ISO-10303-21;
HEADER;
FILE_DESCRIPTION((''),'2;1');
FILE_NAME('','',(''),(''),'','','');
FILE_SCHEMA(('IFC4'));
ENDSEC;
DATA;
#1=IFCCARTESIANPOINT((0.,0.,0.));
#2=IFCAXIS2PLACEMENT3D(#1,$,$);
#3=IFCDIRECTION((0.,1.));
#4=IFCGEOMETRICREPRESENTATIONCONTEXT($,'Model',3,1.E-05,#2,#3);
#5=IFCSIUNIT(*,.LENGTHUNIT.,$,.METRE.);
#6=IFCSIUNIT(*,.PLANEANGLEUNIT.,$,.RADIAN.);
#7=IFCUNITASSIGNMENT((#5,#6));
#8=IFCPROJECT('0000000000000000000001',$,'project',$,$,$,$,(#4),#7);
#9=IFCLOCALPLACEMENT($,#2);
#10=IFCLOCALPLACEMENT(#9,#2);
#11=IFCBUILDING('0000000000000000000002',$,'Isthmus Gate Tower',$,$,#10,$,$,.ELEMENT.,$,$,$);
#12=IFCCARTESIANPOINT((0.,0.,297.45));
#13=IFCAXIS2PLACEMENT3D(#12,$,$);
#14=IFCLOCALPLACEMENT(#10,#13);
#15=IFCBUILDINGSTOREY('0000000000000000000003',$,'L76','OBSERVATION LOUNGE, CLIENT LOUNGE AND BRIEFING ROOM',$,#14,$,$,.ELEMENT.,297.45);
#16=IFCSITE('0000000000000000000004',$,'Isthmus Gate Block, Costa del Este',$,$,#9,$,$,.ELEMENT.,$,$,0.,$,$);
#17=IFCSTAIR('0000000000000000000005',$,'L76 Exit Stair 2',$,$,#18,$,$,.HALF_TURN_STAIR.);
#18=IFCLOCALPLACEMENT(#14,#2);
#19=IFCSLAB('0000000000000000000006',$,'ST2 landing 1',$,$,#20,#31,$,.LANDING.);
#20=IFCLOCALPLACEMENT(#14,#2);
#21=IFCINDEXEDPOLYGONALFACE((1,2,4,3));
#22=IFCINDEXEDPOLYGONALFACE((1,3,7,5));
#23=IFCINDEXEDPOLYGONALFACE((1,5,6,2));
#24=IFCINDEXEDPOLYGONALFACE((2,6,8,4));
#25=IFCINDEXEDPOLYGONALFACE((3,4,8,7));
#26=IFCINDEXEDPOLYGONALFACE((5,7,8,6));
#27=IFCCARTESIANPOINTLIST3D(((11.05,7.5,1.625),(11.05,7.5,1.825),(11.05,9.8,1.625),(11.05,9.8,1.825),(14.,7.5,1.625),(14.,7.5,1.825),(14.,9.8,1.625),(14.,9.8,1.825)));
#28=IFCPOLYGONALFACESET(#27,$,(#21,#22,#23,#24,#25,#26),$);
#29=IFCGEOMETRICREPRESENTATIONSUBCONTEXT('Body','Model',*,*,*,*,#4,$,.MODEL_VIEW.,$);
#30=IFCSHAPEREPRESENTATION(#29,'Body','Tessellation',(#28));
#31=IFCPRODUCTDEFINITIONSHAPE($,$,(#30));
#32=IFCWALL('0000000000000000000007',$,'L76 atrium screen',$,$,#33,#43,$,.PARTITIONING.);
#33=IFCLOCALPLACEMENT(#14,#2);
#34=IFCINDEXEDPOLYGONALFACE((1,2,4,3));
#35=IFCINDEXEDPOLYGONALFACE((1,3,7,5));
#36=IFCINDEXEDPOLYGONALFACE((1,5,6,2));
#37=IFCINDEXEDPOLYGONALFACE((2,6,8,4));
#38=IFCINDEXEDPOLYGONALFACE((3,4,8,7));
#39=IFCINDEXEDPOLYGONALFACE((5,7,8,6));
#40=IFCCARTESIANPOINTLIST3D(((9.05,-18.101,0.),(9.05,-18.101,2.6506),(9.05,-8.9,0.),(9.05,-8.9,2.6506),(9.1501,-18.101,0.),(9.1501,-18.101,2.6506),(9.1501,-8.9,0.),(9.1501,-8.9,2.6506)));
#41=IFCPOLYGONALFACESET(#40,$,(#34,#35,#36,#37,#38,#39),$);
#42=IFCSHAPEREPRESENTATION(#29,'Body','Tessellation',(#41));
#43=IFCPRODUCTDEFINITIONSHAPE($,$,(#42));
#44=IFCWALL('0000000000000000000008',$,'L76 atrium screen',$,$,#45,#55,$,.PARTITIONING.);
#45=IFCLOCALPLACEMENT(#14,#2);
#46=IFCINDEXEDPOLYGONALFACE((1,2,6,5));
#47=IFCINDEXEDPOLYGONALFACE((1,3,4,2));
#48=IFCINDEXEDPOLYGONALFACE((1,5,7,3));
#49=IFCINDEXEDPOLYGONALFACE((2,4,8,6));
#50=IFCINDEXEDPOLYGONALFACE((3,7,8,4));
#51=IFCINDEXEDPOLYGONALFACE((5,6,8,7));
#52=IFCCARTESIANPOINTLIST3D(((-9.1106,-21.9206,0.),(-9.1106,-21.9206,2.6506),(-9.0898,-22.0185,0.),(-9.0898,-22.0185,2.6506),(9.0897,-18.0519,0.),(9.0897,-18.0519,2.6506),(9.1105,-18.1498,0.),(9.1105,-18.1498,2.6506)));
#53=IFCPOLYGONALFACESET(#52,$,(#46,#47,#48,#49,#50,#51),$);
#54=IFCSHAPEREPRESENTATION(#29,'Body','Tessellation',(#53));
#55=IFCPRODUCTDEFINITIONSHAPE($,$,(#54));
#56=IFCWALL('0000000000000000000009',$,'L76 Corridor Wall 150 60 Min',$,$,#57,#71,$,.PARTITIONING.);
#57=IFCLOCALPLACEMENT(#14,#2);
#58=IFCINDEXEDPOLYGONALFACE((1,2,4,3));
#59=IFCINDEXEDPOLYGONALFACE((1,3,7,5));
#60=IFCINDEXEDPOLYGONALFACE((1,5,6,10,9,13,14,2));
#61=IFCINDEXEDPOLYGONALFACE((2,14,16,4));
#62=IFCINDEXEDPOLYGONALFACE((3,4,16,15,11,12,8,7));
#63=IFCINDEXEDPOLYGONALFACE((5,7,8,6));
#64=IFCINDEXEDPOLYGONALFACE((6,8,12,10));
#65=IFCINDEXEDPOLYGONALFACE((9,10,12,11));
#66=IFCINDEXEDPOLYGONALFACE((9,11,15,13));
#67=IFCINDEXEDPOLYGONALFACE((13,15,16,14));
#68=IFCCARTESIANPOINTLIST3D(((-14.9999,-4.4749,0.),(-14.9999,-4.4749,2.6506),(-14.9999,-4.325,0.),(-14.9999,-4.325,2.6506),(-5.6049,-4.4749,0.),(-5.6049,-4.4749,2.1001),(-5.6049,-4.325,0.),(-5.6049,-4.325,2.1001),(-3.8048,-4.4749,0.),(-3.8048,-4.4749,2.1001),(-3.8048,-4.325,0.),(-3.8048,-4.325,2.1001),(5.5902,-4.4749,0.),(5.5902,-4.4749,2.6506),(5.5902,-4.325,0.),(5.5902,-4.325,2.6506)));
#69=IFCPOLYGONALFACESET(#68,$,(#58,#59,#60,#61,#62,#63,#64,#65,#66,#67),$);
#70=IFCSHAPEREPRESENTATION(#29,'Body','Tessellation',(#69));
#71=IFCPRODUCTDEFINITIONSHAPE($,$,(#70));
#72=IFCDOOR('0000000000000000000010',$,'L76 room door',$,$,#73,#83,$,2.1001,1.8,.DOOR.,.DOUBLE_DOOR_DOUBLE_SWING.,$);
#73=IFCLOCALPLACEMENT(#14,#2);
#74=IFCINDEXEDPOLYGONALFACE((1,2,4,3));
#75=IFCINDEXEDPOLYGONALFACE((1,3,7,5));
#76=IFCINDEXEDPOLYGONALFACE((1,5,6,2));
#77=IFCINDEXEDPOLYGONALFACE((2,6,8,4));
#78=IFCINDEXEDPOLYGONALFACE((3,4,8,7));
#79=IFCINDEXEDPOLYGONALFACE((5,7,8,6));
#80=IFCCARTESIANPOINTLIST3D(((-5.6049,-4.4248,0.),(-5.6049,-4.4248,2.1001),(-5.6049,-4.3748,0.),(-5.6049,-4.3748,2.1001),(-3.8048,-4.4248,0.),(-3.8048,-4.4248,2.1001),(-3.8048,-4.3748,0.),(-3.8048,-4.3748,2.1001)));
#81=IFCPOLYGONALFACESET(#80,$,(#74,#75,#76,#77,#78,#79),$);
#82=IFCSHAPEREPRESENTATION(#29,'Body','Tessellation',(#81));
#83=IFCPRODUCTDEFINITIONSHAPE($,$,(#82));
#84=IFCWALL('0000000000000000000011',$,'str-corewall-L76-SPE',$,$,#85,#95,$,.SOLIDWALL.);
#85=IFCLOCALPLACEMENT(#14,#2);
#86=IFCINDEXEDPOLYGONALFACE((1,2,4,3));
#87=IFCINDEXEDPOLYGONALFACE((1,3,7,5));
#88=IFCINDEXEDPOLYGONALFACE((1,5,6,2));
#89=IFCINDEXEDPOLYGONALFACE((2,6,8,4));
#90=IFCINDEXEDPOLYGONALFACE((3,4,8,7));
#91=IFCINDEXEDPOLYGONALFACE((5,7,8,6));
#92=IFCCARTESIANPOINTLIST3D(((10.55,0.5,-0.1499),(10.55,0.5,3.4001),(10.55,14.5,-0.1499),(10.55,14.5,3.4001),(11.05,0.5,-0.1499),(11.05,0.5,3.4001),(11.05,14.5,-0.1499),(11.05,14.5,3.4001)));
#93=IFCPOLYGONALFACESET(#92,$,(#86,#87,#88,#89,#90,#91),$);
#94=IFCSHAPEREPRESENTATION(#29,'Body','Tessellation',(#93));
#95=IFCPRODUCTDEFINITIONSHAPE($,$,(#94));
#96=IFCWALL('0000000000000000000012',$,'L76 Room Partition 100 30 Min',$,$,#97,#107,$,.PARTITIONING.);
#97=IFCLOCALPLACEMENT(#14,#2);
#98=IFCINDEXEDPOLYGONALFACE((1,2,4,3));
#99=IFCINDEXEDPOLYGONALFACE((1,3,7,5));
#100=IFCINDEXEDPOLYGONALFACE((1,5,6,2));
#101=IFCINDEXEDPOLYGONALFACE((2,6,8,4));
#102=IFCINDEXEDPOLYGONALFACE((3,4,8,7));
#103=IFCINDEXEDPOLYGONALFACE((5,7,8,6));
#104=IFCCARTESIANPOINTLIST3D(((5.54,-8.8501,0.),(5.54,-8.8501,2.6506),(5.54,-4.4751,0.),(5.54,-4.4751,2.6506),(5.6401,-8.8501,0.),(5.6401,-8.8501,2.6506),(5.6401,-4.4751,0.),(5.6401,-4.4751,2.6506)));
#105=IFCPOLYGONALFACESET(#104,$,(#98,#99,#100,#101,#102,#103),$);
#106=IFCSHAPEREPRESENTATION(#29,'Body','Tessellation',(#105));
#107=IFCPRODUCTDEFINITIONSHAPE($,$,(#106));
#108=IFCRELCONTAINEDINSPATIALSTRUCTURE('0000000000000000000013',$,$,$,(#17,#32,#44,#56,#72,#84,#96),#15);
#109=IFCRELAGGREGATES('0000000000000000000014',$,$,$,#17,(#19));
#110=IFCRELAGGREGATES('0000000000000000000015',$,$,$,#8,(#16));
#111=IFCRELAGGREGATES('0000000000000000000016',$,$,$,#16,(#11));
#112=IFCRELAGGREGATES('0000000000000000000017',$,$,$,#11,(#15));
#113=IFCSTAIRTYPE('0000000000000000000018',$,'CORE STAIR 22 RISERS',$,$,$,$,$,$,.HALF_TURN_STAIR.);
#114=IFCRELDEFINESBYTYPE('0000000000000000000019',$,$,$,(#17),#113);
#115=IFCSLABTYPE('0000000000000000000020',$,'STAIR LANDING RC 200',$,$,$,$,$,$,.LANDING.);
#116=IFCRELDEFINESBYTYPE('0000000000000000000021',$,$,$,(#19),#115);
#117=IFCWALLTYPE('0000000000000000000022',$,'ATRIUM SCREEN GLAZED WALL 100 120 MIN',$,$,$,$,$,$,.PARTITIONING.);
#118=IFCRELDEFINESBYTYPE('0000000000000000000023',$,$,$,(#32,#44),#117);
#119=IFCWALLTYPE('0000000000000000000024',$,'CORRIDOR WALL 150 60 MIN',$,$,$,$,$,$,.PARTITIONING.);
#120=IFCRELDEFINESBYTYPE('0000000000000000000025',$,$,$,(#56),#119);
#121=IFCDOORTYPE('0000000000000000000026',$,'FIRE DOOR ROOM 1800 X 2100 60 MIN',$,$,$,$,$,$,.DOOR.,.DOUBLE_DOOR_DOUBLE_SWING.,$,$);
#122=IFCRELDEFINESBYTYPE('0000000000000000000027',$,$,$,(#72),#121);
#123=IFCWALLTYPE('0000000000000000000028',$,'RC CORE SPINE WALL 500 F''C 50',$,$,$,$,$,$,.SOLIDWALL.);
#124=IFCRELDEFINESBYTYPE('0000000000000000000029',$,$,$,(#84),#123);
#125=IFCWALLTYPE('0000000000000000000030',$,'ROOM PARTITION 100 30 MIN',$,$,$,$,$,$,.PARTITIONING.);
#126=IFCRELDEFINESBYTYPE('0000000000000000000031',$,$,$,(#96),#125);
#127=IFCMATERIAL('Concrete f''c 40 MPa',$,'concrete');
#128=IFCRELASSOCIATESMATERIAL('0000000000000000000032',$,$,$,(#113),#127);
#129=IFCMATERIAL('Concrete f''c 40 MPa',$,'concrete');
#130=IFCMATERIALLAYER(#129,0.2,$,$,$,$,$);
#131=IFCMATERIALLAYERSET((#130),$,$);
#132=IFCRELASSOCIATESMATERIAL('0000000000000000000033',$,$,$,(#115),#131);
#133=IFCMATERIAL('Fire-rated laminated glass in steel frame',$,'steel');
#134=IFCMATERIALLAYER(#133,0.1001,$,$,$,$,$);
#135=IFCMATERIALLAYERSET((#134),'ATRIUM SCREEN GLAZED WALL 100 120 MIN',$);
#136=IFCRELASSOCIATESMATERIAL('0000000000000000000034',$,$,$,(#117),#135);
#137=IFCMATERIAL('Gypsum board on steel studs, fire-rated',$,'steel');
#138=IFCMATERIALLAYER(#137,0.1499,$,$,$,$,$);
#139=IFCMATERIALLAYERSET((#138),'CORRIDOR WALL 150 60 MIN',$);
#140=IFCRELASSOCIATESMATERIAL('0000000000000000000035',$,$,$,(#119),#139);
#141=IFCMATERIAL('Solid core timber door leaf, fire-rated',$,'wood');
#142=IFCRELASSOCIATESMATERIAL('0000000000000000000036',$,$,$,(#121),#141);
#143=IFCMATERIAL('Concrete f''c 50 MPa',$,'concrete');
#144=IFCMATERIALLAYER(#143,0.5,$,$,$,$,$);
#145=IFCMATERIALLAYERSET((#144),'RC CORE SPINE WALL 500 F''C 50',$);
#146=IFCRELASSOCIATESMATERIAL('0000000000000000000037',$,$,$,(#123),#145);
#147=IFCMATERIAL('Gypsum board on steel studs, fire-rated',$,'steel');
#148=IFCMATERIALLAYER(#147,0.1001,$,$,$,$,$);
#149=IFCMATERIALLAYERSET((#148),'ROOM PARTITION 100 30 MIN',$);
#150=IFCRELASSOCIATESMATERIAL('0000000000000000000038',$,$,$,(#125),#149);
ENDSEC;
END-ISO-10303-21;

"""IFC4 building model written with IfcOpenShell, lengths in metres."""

from ifc_helpers import new_model, si_unit, direction, frame, frame_2d, origin, place, context, subcontext, project, spatial, polyline, rectangle, outline, extrude, material, layer, layer_set, type_object, element, fill, aggregate, save


model = new_model("IFC4")

# Units and contexts
model_context = context("Model", 3, precision=1e-05, world=origin(), true_north=direction((0.0, 1.0)))
body_context = subcontext(model_context, "Body", "Model", "MODEL_VIEW")
ifc_project = project(units=[si_unit("LENGTHUNIT", "METRE"), si_unit("PLANEANGLEUNIT", "RADIAN")], contexts=[model_context])

# Site, building, storey
site_placement = place(None, origin())
site = spatial("IfcSite", under=ifc_project, at=site_placement, Name="Isthmus Gate Block, Costa del Este", CompositionType="ELEMENT", RefElevation=0.0)
building_placement = place(site_placement, origin())
building = spatial("IfcBuilding", under=site, at=building_placement, Name="Isthmus Gate Tower", CompositionType="ELEMENT")
storey_placement = place(building_placement, frame((0.0, 0.0, 297.45)))
storey = spatial("IfcBuildingStorey", under=building, at=storey_placement, Name="L76", Description="OBSERVATION LOUNGE, CLIENT LOUNGE AND BRIEFING ROOM", CompositionType="ELEMENT", Elevation=297.45)

# Stair, slab
ifc_material_1 = material(Name="Concrete f'c 40 MPa", Category="concrete")
stair_type = type_object("IfcStairType", Name="CORE STAIR 22 RISERS", PredefinedType="HALF_TURN_STAIR", material=ifc_material_1)
ifc_material_2 = material(Name="Concrete f'c 40 MPa", Category="concrete")
ifc_layer_1 = layer(ifc_material_2, 0.2)
ifc_layer_set_1 = layer_set([ifc_layer_1])
slab_type_1 = type_object("IfcSlabType", Name="STAIR LANDING RC 200", PredefinedType="LANDING", material=ifc_layer_set_1)
stair_1_placement = place(storey_placement, origin())
stair_1 = element("IfcStair", 1, at=stair_1_placement, inside=storey, type_object=stair_type, Name="L76 Exit Stair 2", PredefinedType="HALF_TURN_STAIR")
slab_1_placement = place(storey_placement, frame((0.0, 0.0, 1.625)))
slab_1 = element("IfcSlab", 2, at=slab_1_placement, type_object=slab_type_1, Name="ST2 landing 1", PredefinedType="LANDING", context=body_context, shape_type="SweptSolid", body=[
    extrude(outline(polyline([(11.05, 9.8), (11.05, 7.5), (14.0, 7.5), (14.0, 9.8), (11.05, 9.8)])), origin(), (0.0, 0.0, 1.0), 0.2),
])
aggregate(stair_1, [slab_1])

# Walls
ifc_material_3 = material(Name="Fire-rated laminated glass in steel frame", Category="steel")
ifc_layer_2 = layer(ifc_material_3, 0.1001)
ifc_layer_set_2 = layer_set([ifc_layer_2], Name="ATRIUM SCREEN GLAZED WALL 100 120 MIN")
wall_type_1 = type_object("IfcWallType", Name="ATRIUM SCREEN GLAZED WALL 100 120 MIN", PredefinedType="PARTITIONING", material=ifc_layer_set_2)
wall_1_placement = place(storey_placement, frame((9.1001, -8.8999, 0.0), z_axis=(0.0, 0.0, 1.0), x_axis=(0.0, -1.0, 0.0)))
element("IfcWall", 3, at=wall_1_placement, inside=storey, type_object=wall_type_1, Name="L76 atrium screen", PredefinedType="PARTITIONING", context=body_context, shape_type="SweptSolid", body=[
    extrude(rectangle(XDim=9.2009, YDim=0.1001, at=frame_2d((4.6006, 0.0))), origin(), (0.0, 0.0, 1.0), 2.6506),
])
wall_2_placement = place(storey_placement, frame((9.1001, -18.1008, 0.0), z_axis=(0.0, 0.0, 1.0), x_axis=(-0.978147, -0.207916, 0.0)))
element("IfcWall", 4, at=wall_2_placement, inside=storey, type_object=wall_type_1, Name="L76 atrium screen", PredefinedType="PARTITIONING", context=body_context, shape_type="SweptSolid", body=[
    extrude(rectangle(XDim=18.6069, YDim=0.1001, at=frame_2d((9.3035, 0.0))), origin(), (0.0, 0.0, 1.0), 2.6506),
])

# Wall, opening, door
ifc_material_4 = material(Name="Gypsum board on steel studs, fire-rated", Category="steel")
ifc_layer_3 = layer(ifc_material_4, 0.1499)
ifc_layer_set_3 = layer_set([ifc_layer_3], Name="CORRIDOR WALL 150 60 MIN")
wall_type_2 = type_object("IfcWallType", Name="CORRIDOR WALL 150 60 MIN", PredefinedType="PARTITIONING", material=ifc_layer_set_3)
wall_3_placement = place(storey_placement, frame((5.5901, -4.3999, 0.0), z_axis=(0.0, 0.0, 1.0), x_axis=(-1.0, 0.0, 0.0)))
wall_3 = element("IfcWall", 5, at=wall_3_placement, inside=storey, type_object=wall_type_2, Name="L76 Corridor Wall 150 60 Min", PredefinedType="PARTITIONING", context=body_context, shape_type="SweptSolid", body=[
    extrude(rectangle(XDim=20.5901, YDim=0.1499, at=frame_2d((10.2949, 0.0))), origin(), (0.0, 0.0, 1.0), 2.6506),
])
opening_placement = place(wall_3_placement, frame((9.395, 0.0, 0.0)))
opening = element("IfcOpeningElement", 6, at=opening_placement, cuts=wall_3, PredefinedType="OPENING", context=body_context, shape_type="SweptSolid", body=[
    extrude(rectangle(XDim=1.8, YDim=2.1001, at=frame_2d((0.8999, 1.05))), frame((0.0, 0.085, 0.0), z_axis=(0.0, -1.0, 0.0), x_axis=(1.0, 0.0, 0.0)), (0.0, 0.0, 1.0), 0.1699),
])
ifc_material_5 = material(Name="Solid core timber door leaf, fire-rated", Category="wood")
door_type = type_object("IfcDoorType", Name="FIRE DOOR ROOM 1800 X 2100 60 MIN", OperationType="DOUBLE_DOOR_DOUBLE_SWING", PredefinedType="DOOR", material=ifc_material_5)
door_placement = place(opening_placement, origin())
door = element("IfcDoor", 7, at=door_placement, inside=storey, type_object=door_type, Name="L76 room door", OperationType="DOUBLE_DOOR_DOUBLE_SWING", OverallHeight=2.1001, OverallWidth=1.8, PredefinedType="DOOR", context=body_context, shape_type="SweptSolid", body=[
    extrude(rectangle(XDim=1.8, YDim=2.1001, at=frame_2d((0.8999, 1.05))), frame((0.0, 0.0249, 0.0), z_axis=(0.0, -1.0, 0.0), x_axis=(1.0, 0.0, 0.0)), (0.0, 0.0, 1.0), 0.05),
])
fill(opening, door)

# Walls
ifc_material_6 = material(Name="Concrete f'c 50 MPa", Category="concrete")
ifc_layer_4 = layer(ifc_material_6, 0.5)
ifc_layer_set_4 = layer_set([ifc_layer_4], Name="RC CORE SPINE WALL 500 F'C 50")
wall_type_3 = type_object("IfcWallType", Name="RC CORE SPINE WALL 500 F'C 50", PredefinedType="SOLIDWALL", material=ifc_layer_set_4)
wall_4_placement = place(storey_placement, frame((10.8, 0.5, -0.1499), z_axis=(0.0, 0.0, 1.0), x_axis=(0.0, 1.0, 0.0)))
element("IfcWall", 8, at=wall_4_placement, inside=storey, type_object=wall_type_3, Name="str-corewall-L76-SPE", PredefinedType="SOLIDWALL", context=body_context, shape_type="SweptSolid", body=[
    extrude(rectangle(XDim=14.0, YDim=0.5, at=frame_2d((7.0, 0.0))), origin(), (0.0, 0.0, 1.0), 3.55),
])
ifc_material_7 = material(Name="Gypsum board on steel studs, fire-rated", Category="steel")
ifc_layer_5 = layer(ifc_material_7, 0.1001)
ifc_layer_set_5 = layer_set([ifc_layer_5], Name="ROOM PARTITION 100 30 MIN")
wall_type_4 = type_object("IfcWallType", Name="ROOM PARTITION 100 30 MIN", PredefinedType="PARTITIONING", material=ifc_layer_set_5)
wall_5_placement = place(storey_placement, frame((5.5901, -8.8501, 0.0), z_axis=(0.0, 0.0, 1.0), x_axis=(0.0, 1.0, 0.0)))
element("IfcWall", 9, at=wall_5_placement, inside=storey, type_object=wall_type_4, Name="L76 Room Partition 100 30 Min", PredefinedType="PARTITIONING", context=body_context, shape_type="SweptSolid", body=[
    extrude(rectangle(XDim=4.375, YDim=0.1001, at=frame_2d((2.1875, 0.0))), origin(), (0.0, 0.0, 1.0), 2.6506),
])

save(model, "model.ifc")
